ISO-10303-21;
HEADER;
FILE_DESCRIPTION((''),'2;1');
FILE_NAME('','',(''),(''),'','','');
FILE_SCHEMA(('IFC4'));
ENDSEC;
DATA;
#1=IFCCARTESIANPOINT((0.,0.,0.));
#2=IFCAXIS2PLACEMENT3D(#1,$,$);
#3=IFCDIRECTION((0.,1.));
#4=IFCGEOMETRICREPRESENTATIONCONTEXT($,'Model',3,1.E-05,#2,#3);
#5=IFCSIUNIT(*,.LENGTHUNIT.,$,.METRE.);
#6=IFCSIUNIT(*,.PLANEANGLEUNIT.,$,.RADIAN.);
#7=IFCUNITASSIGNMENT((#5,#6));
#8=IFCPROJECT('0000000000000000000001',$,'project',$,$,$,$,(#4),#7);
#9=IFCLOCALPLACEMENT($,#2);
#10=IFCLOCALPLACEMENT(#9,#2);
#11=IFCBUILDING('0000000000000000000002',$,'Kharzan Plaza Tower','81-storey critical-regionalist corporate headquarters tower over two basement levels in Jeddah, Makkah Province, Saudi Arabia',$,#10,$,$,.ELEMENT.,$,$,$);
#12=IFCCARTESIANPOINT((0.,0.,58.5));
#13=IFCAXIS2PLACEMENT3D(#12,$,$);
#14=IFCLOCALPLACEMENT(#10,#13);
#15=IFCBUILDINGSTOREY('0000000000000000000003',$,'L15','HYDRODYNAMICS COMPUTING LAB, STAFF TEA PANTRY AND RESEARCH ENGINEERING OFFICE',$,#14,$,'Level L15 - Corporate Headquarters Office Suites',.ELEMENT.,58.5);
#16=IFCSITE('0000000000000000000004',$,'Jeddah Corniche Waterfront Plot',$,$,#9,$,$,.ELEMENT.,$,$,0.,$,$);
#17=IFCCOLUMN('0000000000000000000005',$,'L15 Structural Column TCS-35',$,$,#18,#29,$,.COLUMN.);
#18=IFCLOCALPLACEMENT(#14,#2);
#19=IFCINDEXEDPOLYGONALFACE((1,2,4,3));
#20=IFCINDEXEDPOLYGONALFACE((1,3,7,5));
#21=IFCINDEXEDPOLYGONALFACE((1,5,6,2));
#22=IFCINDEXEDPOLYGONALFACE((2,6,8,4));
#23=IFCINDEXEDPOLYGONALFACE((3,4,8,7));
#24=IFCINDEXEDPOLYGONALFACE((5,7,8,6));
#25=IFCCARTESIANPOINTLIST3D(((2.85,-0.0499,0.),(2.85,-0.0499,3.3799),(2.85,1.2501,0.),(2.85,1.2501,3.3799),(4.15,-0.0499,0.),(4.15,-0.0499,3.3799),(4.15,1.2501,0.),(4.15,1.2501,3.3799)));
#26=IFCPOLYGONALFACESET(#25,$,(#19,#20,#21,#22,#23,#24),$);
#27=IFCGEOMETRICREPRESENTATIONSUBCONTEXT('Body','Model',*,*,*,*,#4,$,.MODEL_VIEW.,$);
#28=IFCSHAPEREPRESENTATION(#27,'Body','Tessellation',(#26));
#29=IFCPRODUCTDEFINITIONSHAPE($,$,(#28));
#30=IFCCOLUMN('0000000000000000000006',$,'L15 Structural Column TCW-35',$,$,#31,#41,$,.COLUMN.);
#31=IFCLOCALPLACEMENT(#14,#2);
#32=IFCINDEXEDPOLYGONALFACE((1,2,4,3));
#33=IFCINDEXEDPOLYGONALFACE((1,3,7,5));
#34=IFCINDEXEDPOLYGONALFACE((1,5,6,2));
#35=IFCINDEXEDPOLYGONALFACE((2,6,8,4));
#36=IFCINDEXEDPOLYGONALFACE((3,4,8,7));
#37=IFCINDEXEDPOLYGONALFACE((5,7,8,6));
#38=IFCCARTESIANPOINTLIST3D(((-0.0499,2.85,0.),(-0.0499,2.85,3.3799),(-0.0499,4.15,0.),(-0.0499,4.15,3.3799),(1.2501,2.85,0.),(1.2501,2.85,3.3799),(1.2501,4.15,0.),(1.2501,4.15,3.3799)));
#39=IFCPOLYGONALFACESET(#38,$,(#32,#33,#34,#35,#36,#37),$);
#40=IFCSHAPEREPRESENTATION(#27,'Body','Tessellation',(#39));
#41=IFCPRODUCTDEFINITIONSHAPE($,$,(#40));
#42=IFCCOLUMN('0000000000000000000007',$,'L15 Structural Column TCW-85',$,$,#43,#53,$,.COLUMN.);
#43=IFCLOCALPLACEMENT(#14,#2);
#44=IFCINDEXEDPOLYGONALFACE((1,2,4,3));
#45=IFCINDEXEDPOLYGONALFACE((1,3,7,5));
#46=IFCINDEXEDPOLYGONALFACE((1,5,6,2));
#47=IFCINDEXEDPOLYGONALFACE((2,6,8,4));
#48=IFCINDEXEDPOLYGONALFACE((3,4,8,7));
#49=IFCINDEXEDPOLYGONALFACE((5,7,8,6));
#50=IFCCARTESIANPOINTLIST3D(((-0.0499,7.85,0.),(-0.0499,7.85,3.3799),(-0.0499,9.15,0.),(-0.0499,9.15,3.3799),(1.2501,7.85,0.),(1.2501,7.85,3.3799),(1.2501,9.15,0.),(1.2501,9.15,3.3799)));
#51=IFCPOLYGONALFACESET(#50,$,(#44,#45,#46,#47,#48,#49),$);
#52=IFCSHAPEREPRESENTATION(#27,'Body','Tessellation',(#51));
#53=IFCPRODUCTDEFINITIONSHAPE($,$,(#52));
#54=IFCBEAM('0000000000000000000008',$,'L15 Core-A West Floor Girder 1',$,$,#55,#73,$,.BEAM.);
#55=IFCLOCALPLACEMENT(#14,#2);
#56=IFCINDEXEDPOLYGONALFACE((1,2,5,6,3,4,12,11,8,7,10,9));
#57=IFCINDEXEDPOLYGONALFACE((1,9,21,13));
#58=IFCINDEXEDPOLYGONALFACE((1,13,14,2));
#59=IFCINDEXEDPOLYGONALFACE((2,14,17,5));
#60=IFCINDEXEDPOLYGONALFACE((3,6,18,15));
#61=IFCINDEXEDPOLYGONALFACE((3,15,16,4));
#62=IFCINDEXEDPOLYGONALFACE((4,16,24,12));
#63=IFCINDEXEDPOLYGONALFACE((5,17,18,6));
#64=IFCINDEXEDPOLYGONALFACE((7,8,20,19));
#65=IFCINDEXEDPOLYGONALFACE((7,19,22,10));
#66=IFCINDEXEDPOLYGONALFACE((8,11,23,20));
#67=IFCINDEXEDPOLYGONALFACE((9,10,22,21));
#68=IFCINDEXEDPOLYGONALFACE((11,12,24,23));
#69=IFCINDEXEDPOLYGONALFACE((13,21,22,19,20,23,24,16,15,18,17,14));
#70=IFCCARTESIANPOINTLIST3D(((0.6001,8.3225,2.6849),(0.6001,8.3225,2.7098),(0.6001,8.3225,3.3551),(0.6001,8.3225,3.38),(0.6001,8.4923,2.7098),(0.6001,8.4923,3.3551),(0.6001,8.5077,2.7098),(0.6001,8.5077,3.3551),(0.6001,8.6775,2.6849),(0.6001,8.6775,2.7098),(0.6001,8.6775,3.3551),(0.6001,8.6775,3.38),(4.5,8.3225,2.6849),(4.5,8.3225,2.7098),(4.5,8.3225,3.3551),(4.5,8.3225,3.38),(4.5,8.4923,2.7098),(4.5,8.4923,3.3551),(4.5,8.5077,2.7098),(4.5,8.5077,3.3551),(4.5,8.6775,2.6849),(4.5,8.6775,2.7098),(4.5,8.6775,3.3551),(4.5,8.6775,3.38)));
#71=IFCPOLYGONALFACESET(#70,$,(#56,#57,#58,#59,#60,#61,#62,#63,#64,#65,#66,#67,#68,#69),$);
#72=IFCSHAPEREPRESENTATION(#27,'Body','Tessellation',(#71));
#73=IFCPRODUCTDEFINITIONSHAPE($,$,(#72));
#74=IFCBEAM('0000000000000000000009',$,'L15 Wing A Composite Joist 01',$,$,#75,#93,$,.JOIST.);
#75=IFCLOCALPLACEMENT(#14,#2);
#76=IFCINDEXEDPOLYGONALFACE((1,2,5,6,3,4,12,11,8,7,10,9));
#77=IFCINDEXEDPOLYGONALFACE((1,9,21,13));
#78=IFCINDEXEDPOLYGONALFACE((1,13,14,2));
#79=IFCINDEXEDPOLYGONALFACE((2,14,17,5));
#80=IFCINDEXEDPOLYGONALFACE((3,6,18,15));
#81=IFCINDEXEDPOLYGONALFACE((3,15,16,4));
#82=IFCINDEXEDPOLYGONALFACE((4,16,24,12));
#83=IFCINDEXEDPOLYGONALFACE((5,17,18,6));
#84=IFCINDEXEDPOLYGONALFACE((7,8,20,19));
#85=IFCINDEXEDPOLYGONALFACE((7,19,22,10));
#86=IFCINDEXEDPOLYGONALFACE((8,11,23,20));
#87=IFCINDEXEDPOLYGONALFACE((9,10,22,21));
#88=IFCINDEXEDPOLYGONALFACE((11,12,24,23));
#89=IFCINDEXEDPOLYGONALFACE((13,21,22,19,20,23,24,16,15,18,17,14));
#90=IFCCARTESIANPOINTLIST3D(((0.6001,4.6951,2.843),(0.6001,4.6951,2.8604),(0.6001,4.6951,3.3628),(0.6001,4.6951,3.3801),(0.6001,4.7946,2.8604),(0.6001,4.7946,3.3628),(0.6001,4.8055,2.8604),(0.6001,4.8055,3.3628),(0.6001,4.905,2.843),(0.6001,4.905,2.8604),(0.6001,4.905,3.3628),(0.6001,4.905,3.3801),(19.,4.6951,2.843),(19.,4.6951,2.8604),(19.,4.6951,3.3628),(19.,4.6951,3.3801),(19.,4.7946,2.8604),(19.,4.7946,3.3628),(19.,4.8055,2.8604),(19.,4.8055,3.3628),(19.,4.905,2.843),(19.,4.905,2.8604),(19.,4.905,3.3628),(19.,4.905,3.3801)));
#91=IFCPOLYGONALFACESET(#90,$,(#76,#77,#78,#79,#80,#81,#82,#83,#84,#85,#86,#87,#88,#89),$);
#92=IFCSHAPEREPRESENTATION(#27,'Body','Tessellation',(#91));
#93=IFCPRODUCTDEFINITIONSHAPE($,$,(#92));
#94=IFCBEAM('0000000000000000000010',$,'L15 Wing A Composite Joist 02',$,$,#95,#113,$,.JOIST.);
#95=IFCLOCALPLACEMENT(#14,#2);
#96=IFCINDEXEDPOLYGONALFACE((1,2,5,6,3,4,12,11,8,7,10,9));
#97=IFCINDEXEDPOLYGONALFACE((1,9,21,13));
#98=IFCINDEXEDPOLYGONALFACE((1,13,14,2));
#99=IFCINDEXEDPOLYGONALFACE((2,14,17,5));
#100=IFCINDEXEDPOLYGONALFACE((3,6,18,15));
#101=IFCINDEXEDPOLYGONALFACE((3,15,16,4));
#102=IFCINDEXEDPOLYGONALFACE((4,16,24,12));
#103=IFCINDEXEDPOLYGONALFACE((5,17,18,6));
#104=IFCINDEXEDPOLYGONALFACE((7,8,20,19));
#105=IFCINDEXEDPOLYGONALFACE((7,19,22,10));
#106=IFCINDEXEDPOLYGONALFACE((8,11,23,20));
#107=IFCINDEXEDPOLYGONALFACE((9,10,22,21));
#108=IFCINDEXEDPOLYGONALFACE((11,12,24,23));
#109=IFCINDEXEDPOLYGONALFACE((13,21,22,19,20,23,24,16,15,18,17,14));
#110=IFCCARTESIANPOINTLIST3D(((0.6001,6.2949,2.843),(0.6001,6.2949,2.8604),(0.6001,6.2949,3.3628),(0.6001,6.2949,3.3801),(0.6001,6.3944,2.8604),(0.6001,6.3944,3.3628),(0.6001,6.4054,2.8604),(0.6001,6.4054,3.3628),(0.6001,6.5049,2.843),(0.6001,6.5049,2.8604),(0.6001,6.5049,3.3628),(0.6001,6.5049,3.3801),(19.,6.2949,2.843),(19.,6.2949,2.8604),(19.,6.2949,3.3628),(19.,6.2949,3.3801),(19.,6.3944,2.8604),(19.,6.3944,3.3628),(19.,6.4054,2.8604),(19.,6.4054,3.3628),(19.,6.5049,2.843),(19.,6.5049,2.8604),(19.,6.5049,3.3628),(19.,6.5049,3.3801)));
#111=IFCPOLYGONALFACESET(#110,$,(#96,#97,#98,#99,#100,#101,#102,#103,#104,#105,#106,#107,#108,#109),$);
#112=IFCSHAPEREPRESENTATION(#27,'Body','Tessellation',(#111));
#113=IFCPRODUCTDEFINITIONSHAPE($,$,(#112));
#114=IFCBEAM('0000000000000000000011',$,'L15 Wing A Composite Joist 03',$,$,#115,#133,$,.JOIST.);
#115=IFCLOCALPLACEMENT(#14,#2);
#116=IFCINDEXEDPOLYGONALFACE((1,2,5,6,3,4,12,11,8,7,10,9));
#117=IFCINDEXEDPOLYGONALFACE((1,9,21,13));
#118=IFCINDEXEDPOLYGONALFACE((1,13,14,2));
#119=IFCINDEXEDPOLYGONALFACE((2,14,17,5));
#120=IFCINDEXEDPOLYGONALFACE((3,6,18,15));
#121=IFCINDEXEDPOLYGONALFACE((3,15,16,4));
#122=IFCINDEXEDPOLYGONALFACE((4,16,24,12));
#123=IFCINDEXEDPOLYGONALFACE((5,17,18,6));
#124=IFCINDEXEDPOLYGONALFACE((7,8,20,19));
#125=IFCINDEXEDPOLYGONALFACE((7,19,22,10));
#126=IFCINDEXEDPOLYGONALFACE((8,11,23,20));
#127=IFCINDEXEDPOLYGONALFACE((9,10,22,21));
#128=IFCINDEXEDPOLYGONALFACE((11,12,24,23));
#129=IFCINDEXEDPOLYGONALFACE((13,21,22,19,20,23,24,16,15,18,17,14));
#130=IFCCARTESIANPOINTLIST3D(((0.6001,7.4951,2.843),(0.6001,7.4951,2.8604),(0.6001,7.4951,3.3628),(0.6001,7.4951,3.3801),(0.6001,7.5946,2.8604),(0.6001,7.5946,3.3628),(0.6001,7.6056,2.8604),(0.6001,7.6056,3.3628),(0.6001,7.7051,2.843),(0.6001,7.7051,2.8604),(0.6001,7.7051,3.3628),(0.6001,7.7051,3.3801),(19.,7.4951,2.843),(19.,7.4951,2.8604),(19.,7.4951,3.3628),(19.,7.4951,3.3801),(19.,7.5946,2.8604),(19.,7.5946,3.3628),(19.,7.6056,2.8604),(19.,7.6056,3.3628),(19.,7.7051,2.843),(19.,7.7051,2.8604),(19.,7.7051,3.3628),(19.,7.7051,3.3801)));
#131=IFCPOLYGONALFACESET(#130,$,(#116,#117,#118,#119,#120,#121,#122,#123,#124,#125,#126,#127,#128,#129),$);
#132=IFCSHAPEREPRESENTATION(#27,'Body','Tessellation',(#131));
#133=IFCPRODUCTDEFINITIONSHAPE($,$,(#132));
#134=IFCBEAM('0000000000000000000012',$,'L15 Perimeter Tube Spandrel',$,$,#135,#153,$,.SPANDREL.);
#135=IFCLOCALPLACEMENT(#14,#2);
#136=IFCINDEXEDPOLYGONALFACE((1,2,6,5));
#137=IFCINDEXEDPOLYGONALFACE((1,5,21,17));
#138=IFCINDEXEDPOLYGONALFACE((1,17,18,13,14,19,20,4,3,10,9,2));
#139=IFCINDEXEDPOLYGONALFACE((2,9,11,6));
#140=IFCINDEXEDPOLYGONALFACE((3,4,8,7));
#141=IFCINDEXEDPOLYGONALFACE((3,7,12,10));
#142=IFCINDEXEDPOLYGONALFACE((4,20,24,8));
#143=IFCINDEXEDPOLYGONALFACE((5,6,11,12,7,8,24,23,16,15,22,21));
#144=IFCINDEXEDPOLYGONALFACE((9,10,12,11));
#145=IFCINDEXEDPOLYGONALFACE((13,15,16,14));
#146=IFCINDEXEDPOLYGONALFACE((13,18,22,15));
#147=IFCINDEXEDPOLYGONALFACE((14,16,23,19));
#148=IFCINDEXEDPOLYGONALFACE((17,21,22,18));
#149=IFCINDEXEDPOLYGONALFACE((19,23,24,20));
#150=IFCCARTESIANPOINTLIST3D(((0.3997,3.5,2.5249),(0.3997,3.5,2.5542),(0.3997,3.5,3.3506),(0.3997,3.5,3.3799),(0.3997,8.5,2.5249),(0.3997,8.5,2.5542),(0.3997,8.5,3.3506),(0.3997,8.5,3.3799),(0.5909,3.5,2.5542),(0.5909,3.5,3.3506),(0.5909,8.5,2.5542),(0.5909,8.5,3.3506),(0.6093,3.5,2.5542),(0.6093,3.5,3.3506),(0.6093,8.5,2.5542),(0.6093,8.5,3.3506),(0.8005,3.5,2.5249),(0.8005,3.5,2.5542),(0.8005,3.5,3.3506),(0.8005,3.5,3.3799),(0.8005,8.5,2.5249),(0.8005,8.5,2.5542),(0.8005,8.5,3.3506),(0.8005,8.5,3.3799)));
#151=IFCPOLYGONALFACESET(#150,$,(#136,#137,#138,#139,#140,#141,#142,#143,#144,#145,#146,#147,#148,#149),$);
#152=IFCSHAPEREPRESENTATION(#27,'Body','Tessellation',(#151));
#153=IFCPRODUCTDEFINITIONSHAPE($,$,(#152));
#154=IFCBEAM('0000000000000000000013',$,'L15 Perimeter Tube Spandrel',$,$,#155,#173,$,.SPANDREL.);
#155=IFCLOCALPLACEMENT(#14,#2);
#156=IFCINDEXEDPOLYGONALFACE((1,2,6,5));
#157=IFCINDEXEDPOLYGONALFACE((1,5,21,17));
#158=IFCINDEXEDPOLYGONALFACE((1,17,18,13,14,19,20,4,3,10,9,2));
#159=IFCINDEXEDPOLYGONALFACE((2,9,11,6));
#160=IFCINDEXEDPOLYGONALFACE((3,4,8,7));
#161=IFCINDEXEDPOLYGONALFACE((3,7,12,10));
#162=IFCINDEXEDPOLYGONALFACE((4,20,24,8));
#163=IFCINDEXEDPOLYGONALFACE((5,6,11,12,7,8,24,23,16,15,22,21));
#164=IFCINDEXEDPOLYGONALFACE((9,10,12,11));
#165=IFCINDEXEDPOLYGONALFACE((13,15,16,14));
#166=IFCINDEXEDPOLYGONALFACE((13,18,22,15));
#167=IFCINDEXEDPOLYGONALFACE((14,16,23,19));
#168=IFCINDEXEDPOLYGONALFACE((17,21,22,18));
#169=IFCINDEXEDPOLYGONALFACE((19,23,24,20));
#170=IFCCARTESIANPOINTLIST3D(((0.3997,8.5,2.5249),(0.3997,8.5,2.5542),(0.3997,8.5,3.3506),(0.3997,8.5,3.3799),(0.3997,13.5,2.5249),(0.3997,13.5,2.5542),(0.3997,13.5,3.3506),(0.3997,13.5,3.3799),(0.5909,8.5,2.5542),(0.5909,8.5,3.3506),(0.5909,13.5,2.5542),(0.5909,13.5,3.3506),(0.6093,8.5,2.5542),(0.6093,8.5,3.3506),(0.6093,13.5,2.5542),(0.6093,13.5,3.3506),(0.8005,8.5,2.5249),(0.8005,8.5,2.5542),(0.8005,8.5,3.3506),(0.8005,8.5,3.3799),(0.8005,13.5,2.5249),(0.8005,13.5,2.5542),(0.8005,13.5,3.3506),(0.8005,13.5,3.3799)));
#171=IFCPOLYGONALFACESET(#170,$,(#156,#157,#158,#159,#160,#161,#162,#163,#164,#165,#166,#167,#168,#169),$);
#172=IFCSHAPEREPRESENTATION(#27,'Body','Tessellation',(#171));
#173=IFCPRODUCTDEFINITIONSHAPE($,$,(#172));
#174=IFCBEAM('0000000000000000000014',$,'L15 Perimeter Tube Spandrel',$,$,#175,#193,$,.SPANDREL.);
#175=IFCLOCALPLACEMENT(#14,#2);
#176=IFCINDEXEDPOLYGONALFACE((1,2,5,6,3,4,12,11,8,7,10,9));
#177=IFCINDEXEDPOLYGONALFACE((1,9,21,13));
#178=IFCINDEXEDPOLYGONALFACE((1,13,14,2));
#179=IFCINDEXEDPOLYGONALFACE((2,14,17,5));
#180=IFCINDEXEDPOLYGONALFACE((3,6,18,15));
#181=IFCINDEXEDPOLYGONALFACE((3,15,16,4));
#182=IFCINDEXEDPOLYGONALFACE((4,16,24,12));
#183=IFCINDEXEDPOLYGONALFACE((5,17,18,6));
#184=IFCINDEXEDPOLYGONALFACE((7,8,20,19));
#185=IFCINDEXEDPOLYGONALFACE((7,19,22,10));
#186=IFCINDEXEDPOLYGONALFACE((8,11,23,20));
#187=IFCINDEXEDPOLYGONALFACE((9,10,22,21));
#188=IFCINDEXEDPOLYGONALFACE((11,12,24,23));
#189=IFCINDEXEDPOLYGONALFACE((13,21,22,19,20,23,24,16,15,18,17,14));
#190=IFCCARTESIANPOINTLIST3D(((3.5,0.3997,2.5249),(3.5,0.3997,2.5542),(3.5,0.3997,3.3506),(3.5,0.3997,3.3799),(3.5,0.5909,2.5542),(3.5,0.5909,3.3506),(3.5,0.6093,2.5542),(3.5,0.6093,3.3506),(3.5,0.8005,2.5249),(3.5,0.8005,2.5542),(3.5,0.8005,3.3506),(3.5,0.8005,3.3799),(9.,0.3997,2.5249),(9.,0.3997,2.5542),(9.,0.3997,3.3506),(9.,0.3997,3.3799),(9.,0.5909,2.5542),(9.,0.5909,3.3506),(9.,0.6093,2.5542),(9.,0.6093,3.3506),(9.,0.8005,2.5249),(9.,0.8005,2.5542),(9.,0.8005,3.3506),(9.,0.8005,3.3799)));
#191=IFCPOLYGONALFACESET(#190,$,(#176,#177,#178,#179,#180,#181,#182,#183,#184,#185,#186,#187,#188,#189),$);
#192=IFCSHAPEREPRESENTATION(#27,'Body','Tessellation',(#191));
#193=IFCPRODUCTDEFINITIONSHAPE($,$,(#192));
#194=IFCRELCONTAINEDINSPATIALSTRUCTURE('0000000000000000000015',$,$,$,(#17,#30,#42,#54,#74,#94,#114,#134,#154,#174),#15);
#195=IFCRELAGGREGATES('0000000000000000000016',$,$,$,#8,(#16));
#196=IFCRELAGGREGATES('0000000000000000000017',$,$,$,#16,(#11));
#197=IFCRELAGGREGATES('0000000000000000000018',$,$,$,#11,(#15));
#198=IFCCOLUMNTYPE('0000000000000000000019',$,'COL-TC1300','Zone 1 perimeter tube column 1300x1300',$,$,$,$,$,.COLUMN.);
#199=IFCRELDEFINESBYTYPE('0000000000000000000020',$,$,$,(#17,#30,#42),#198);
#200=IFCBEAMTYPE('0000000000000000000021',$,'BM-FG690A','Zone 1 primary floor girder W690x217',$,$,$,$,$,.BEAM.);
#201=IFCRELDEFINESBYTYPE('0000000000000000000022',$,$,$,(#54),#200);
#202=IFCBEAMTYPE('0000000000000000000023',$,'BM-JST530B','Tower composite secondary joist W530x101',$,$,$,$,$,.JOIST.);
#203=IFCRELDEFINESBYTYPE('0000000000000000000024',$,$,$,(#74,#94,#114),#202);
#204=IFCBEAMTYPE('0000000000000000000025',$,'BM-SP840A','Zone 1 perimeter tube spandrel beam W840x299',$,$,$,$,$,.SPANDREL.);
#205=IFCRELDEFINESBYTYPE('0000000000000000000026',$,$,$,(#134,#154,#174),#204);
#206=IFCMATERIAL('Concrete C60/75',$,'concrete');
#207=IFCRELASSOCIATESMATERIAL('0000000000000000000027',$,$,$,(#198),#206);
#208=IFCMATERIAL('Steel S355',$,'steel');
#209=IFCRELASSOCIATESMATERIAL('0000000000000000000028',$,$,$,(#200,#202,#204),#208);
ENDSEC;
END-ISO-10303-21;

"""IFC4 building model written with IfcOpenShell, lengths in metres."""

from ifc_helpers import new_model, si_unit, direction, frame, origin, origin_2d, place, context, subcontext, project, spatial, rectangle, i_section, extrude, source, transform, mapped, material, material_profile, profile_set, type_object, element, save


model = new_model("IFC4")

# Units and contexts
model_context = context("Model", 3, precision=1e-05, world=origin(), true_north=direction((0.0, 1.0)))
body_context = subcontext(model_context, "Body", "Model", "MODEL_VIEW")
ifc_project = project(units=[si_unit("LENGTHUNIT", "METRE"), si_unit("PLANEANGLEUNIT", "RADIAN")], contexts=[model_context])

# Site, building, storey
site_placement = place(None, origin())
site = spatial("IfcSite", under=ifc_project, at=site_placement, Name="Jeddah Corniche Waterfront Plot", CompositionType="ELEMENT", RefElevation=0.0)
building_placement = place(site_placement, origin())
building = spatial("IfcBuilding", under=site, at=building_placement, Name="Kharzan Plaza Tower", Description="81-storey critical-regionalist corporate headquarters tower over two basement levels in Jeddah, Makkah Province, Saudi Arabia", CompositionType="ELEMENT")
storey_placement = place(building_placement, frame((0.0, 0.0, 58.5)))
storey = spatial("IfcBuildingStorey", under=building, at=storey_placement, Name="L15", Description="HYDRODYNAMICS COMPUTING LAB, STAFF TEA PANTRY AND RESEARCH ENGINEERING OFFICE", LongName="Level L15 - Corporate Headquarters Office Suites", CompositionType="ELEMENT", Elevation=58.5)

# Columns
ifc_material_1 = material(Name="Concrete C60/75", Category="concrete")
ifc_material_profile_1 = material_profile(ifc_material_1, rectangle(XDim=1.3, YDim=1.3, at=origin_2d()), Name="RC-TC1300x1300")
ifc_profile_set_1 = profile_set([ifc_material_profile_1], Name="Concrete C60/75")
column_type = type_object("IfcColumnType", Name="COL-TC1300", Description="Zone 1 perimeter tube column 1300x1300", PredefinedType="COLUMN", material=ifc_profile_set_1)
shared_shape_1 = source(origin(), body_context, "Body", "SweptSolid", [
    extrude(rectangle(XDim=1.3, YDim=1.3, at=origin_2d()), origin(), (0.0, 0.0, 1.0), 3.3799),
])
for number, where, z_axis, x_axis, name in (
    (1, (3.5, 0.6001, 0.0), (0.0, 0.0, 1.0), (1.0, 0.0, 0.0), "L15 Structural Column TCS-35"),
    (2, (0.6001, 3.5, 0.0), (0.0, 0.0, 1.0), (1.0, 0.0, 0.0), "L15 Structural Column TCW-35"),
    (3, (0.6001, 8.5, 0.0), (0.0, 0.0, 1.0), (1.0, 0.0, 0.0), "L15 Structural Column TCW-85"),
):
    element("IfcColumn", number, at=place(storey_placement, frame(where, z_axis=z_axis, x_axis=x_axis)), inside=storey, type_object=column_type, Name=name, PredefinedType="COLUMN", context=body_context, shape_type="MappedRepresentation", body=[
        mapped(shared_shape_1, transform((0.0, 0.0, 0.0), x_axis=(1.0, 0.0, 0.0), y_axis=(0.0, 1.0, 0.0), z_axis=(0.0, 0.0, 1.0))),
    ])

# Beams
ifc_material_2 = material(Name="Steel S355", Category="steel")
ifc_material_profile_2 = material_profile(ifc_material_2, i_section(OverallWidth=0.355, OverallDepth=0.6951, WebThickness=0.0154, FlangeThickness=0.0249, at=origin_2d()), Name="W690x217")
ifc_profile_set_2 = profile_set([ifc_material_profile_2], Name="Steel S355")
beam_type_1 = type_object("IfcBeamType", Name="BM-FG690A", Description="Zone 1 primary floor girder W690x217", PredefinedType="BEAM", material=ifc_profile_set_2)
shared_shape_2 = source(origin(), body_context, "Body", "SweptSolid", [
    extrude(i_section(OverallWidth=0.355, OverallDepth=0.6951, WebThickness=0.0154, FlangeThickness=0.0249, at=origin_2d()), origin(), (0.0, 0.0, 1.0), 3.8999),
])
beam_1_placement = place(storey_placement, frame((0.6001, 8.5, 3.0325), z_axis=(1.0, 0.0, 0.0), x_axis=(0.0, 1.0, 0.0)))
element("IfcBeam", 4, at=beam_1_placement, inside=storey, type_object=beam_type_1, Name="L15 Core-A West Floor Girder 1", PredefinedType="BEAM", context=body_context, shape_type="MappedRepresentation", body=[
    mapped(shared_shape_2, transform((0.0, 0.0, 0.0), x_axis=(1.0, 0.0, 0.0), y_axis=(0.0, 1.0, 0.0), z_axis=(0.0, 0.0, 1.0))),
])
ifc_material_profile_3 = material_profile(ifc_material_2, i_section(OverallWidth=0.21, OverallDepth=0.5371, WebThickness=0.011, FlangeThickness=0.0173, at=origin_2d()), Name="W530x101")
ifc_profile_set_3 = profile_set([ifc_material_profile_3], Name="Steel S355")
beam_type_2 = type_object("IfcBeamType", Name="BM-JST530B", Description="Tower composite secondary joist W530x101", PredefinedType="JOIST", material=ifc_profile_set_3)
shared_shape_3 = source(origin(), body_context, "Body", "SweptSolid", [
    extrude(i_section(OverallWidth=0.21, OverallDepth=0.5371, WebThickness=0.011, FlangeThickness=0.0173, at=origin_2d()), origin(), (0.0, 0.0, 1.0), 18.3999),
])
for number, where, z_axis, x_axis, name in (
    (5, (0.6001, 4.8, 3.1116), (1.0, 0.0, 0.0), (0.0, 1.0, 0.0), "L15 Wing A Composite Joist 01"),
    (6, (0.6001, 6.3999, 3.1116), (1.0, 0.0, 0.0), (0.0, 1.0, 0.0), "L15 Wing A Composite Joist 02"),
    (7, (0.6001, 7.6001, 3.1116), (1.0, 0.0, 0.0), (0.0, 1.0, 0.0), "L15 Wing A Composite Joist 03"),
):
    element("IfcBeam", number, at=place(storey_placement, frame(where, z_axis=z_axis, x_axis=x_axis)), inside=storey, type_object=beam_type_2, Name=name, PredefinedType="JOIST", context=body_context, shape_type="MappedRepresentation", body=[
        mapped(shared_shape_3, transform((0.0, 0.0, 0.0), x_axis=(1.0, 0.0, 0.0), y_axis=(0.0, 1.0, 0.0), z_axis=(0.0, 0.0, 1.0))),
    ])
ifc_material_profile_4 = material_profile(ifc_material_2, i_section(OverallWidth=0.4009, OverallDepth=0.855, WebThickness=0.0183, FlangeThickness=0.0293, at=origin_2d()), Name="W840x299")
ifc_profile_set_4 = profile_set([ifc_material_profile_4], Name="Steel S355")
beam_type_3 = type_object("IfcBeamType", Name="BM-SP840A", Description="Zone 1 perimeter tube spandrel beam W840x299", PredefinedType="SPANDREL", material=ifc_profile_set_4)
shared_shape_4 = source(origin(), body_context, "Body", "SweptSolid", [
    extrude(i_section(OverallWidth=0.4009, OverallDepth=0.855, WebThickness=0.0183, FlangeThickness=0.0293, at=origin_2d()), origin(), (0.0, 0.0, 1.0), 5.0),
])
for number, where, z_axis, x_axis, name in (
    (8, (0.6001, 3.5, 2.9524), (0.0, 1.0, 0.0), (-1.0, 0.0, 0.0), "L15 Perimeter Tube Spandrel"),
    (9, (0.6001, 8.5, 2.9524), (0.0, 1.0, 0.0), (-1.0, 0.0, 0.0), "L15 Perimeter Tube Spandrel"),
):
    element("IfcBeam", number, at=place(storey_placement, frame(where, z_axis=z_axis, x_axis=x_axis)), inside=storey, type_object=beam_type_3, Name=name, PredefinedType="SPANDREL", context=body_context, shape_type="MappedRepresentation", body=[
        mapped(shared_shape_4, transform((0.0, 0.0, 0.0), x_axis=(1.0, 0.0, 0.0), y_axis=(0.0, 1.0, 0.0), z_axis=(0.0, 0.0, 1.0))),
    ])
shared_shape_5 = source(origin(), body_context, "Body", "SweptSolid", [
    extrude(i_section(OverallWidth=0.4009, OverallDepth=0.855, WebThickness=0.0183, FlangeThickness=0.0293, at=origin_2d()), origin(), (0.0, 0.0, 1.0), 5.5),
])
beam_2_placement = place(storey_placement, frame((3.5, 0.6001, 2.9524), z_axis=(1.0, 0.0, 0.0), x_axis=(0.0, 1.0, 0.0)))
element("IfcBeam", 10, at=beam_2_placement, inside=storey, type_object=beam_type_3, Name="L15 Perimeter Tube Spandrel", PredefinedType="SPANDREL", context=body_context, shape_type="MappedRepresentation", body=[
    mapped(shared_shape_5, transform((0.0, 0.0, 0.0), x_axis=(1.0, 0.0, 0.0), y_axis=(0.0, 1.0, 0.0), z_axis=(0.0, 0.0, 1.0))),
])

save(model, "model.ifc")
